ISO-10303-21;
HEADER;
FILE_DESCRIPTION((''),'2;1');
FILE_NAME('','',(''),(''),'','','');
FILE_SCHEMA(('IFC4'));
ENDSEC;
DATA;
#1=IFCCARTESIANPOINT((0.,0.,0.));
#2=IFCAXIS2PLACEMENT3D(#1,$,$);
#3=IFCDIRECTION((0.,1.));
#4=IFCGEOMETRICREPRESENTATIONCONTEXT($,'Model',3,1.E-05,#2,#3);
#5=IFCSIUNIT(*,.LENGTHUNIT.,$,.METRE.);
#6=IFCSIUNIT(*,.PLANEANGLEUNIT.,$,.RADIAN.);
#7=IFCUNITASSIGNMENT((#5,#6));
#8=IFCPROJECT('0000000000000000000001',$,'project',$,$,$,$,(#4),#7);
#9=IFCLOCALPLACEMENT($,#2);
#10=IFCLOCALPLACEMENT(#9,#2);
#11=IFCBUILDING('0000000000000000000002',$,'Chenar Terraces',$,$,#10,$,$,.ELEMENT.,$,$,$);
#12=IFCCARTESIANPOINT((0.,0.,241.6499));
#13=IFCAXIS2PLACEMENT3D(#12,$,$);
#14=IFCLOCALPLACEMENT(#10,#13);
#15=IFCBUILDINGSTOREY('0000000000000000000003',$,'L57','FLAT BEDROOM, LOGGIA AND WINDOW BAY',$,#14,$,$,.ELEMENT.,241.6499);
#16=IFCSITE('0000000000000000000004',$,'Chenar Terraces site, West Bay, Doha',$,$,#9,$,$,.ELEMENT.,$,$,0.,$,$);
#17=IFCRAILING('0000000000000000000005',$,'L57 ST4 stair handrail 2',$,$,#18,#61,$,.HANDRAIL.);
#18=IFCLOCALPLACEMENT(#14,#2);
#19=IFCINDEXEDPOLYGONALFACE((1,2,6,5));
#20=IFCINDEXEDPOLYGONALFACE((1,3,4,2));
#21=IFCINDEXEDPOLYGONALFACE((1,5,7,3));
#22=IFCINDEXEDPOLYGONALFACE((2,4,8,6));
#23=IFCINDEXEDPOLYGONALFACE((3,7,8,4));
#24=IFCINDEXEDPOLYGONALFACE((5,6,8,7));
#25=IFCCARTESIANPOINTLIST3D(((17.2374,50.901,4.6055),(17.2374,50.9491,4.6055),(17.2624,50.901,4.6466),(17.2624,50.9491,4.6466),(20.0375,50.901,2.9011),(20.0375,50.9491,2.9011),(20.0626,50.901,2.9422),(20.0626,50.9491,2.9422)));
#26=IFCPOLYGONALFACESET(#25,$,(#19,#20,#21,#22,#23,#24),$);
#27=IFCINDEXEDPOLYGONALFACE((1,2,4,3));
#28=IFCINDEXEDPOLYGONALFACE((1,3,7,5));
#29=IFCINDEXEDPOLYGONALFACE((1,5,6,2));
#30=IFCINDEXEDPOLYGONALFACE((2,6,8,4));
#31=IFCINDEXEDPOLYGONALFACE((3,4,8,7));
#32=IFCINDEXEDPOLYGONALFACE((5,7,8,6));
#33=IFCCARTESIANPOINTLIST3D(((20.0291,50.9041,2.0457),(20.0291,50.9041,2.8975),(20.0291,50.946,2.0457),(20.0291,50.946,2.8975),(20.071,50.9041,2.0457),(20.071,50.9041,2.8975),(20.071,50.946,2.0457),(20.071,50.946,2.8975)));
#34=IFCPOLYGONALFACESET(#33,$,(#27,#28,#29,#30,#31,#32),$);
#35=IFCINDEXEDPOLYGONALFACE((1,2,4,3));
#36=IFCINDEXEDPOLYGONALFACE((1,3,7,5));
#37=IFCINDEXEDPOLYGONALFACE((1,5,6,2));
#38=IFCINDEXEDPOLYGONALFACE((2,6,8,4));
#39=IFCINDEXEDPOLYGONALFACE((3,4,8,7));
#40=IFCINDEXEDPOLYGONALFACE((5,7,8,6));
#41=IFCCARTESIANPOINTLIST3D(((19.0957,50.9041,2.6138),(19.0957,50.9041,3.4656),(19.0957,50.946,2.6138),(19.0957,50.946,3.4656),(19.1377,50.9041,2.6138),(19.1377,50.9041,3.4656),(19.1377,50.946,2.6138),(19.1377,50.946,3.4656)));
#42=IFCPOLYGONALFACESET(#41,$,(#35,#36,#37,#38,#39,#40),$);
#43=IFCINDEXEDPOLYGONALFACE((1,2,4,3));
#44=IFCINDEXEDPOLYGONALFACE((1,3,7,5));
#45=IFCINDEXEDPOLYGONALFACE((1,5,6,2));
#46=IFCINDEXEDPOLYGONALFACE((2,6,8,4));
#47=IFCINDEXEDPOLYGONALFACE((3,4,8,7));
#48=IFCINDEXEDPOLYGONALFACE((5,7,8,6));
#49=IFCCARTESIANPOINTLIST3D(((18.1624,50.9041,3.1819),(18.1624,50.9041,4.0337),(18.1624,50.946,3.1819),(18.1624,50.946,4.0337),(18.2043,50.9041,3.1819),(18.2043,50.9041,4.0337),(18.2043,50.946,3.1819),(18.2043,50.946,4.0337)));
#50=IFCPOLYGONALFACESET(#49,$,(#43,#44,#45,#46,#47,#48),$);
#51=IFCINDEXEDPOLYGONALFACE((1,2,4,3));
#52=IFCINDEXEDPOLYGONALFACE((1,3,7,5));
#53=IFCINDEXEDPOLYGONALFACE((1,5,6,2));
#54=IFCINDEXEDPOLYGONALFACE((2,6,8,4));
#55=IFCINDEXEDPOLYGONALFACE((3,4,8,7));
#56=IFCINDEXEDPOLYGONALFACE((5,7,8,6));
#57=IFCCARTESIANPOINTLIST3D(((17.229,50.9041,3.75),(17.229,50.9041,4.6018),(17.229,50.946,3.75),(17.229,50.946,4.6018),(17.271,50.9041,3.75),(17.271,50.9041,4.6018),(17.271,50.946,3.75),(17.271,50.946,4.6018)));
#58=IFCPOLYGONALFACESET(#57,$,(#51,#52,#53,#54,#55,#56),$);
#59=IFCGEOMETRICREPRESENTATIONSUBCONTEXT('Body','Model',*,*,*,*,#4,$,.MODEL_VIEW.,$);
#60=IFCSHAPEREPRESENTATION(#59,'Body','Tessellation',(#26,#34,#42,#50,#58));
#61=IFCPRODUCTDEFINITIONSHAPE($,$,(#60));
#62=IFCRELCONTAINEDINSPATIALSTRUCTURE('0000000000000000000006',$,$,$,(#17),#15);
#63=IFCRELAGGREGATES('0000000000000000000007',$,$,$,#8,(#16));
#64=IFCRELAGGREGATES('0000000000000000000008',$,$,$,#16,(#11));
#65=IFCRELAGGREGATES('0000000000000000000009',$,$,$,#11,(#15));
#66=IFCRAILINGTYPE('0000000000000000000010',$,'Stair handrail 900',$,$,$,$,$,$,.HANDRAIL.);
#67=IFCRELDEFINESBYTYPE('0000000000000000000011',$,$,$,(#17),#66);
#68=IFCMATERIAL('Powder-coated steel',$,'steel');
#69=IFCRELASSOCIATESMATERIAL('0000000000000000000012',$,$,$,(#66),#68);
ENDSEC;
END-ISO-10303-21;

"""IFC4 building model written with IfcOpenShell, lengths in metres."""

from ifc_helpers import new_model, si_unit, direction, frame, origin, origin_2d, place, context, subcontext, project, spatial, rectangle, extrude, material, type_object, element, save


model = new_model("IFC4")

# Units and contexts
model_context = context("Model", 3, precision=1e-05, world=origin(), true_north=direction((0.0, 1.0)))
body_context = subcontext(model_context, "Body", "Model", "MODEL_VIEW")
ifc_project = project(units=[si_unit("LENGTHUNIT", "METRE"), si_unit("PLANEANGLEUNIT", "RADIAN")], contexts=[model_context])

# Site, building, storey
site_placement = place(None, origin())
site = spatial("IfcSite", under=ifc_project, at=site_placement, Name="Chenar Terraces site, West Bay, Doha", CompositionType="ELEMENT", RefElevation=0.0)
building_placement = place(site_placement, origin())
building = spatial("IfcBuilding", under=site, at=building_placement, Name="Chenar Terraces", CompositionType="ELEMENT")
storey_placement = place(building_placement, frame((0.0, 0.0, 241.6499)))
storey = spatial("IfcBuildingStorey", under=building, at=storey_placement, Name="L57", Description="FLAT BEDROOM, LOGGIA AND WINDOW BAY", CompositionType="ELEMENT", Elevation=241.6499)

# Railing
ifc_material_1 = material(Name="Powder-coated steel", Category="steel")
railing_type = type_object("IfcRailingType", Name="Stair handrail 900", PredefinedType="HANDRAIL", material=ifc_material_1)
railing_placement = place(storey_placement, frame((20.05, 50.925, 2.0457)))
element("IfcRailing", 1, at=railing_placement, inside=storey, type_object=railing_type, Name="L57 ST4 stair handrail 2", PredefinedType="HANDRAIL", context=body_context, shape_type="SweptSolid", body=[
    extrude(rectangle(XDim=0.0481, YDim=0.0481, at=origin_2d()), frame((0.0, 0.0, 0.876), z_axis=(-0.854203, 0.0, 0.51994), x_axis=(0.0, -1.0, 0.0)), (0.0, 0.0, 1.0), 3.2781),
    extrude(rectangle(XDim=0.042, YDim=0.042, at=origin_2d()), origin(), (0.0, 0.0, 1.0), 0.8518),
    extrude(rectangle(XDim=0.042, YDim=0.042, at=origin_2d()), frame((-0.9333, 0.0, 0.5681)), (0.0, 0.0, 1.0), 0.8518),
    extrude(rectangle(XDim=0.042, YDim=0.042, at=origin_2d()), frame((-1.8667, 0.0, 1.1362)), (0.0, 0.0, 1.0), 0.8518),
    extrude(rectangle(XDim=0.042, YDim=0.042, at=origin_2d()), frame((-2.8, 0.0, 1.7043)), (0.0, 0.0, 1.0), 0.8518),
])

save(model, "model.ifc")
